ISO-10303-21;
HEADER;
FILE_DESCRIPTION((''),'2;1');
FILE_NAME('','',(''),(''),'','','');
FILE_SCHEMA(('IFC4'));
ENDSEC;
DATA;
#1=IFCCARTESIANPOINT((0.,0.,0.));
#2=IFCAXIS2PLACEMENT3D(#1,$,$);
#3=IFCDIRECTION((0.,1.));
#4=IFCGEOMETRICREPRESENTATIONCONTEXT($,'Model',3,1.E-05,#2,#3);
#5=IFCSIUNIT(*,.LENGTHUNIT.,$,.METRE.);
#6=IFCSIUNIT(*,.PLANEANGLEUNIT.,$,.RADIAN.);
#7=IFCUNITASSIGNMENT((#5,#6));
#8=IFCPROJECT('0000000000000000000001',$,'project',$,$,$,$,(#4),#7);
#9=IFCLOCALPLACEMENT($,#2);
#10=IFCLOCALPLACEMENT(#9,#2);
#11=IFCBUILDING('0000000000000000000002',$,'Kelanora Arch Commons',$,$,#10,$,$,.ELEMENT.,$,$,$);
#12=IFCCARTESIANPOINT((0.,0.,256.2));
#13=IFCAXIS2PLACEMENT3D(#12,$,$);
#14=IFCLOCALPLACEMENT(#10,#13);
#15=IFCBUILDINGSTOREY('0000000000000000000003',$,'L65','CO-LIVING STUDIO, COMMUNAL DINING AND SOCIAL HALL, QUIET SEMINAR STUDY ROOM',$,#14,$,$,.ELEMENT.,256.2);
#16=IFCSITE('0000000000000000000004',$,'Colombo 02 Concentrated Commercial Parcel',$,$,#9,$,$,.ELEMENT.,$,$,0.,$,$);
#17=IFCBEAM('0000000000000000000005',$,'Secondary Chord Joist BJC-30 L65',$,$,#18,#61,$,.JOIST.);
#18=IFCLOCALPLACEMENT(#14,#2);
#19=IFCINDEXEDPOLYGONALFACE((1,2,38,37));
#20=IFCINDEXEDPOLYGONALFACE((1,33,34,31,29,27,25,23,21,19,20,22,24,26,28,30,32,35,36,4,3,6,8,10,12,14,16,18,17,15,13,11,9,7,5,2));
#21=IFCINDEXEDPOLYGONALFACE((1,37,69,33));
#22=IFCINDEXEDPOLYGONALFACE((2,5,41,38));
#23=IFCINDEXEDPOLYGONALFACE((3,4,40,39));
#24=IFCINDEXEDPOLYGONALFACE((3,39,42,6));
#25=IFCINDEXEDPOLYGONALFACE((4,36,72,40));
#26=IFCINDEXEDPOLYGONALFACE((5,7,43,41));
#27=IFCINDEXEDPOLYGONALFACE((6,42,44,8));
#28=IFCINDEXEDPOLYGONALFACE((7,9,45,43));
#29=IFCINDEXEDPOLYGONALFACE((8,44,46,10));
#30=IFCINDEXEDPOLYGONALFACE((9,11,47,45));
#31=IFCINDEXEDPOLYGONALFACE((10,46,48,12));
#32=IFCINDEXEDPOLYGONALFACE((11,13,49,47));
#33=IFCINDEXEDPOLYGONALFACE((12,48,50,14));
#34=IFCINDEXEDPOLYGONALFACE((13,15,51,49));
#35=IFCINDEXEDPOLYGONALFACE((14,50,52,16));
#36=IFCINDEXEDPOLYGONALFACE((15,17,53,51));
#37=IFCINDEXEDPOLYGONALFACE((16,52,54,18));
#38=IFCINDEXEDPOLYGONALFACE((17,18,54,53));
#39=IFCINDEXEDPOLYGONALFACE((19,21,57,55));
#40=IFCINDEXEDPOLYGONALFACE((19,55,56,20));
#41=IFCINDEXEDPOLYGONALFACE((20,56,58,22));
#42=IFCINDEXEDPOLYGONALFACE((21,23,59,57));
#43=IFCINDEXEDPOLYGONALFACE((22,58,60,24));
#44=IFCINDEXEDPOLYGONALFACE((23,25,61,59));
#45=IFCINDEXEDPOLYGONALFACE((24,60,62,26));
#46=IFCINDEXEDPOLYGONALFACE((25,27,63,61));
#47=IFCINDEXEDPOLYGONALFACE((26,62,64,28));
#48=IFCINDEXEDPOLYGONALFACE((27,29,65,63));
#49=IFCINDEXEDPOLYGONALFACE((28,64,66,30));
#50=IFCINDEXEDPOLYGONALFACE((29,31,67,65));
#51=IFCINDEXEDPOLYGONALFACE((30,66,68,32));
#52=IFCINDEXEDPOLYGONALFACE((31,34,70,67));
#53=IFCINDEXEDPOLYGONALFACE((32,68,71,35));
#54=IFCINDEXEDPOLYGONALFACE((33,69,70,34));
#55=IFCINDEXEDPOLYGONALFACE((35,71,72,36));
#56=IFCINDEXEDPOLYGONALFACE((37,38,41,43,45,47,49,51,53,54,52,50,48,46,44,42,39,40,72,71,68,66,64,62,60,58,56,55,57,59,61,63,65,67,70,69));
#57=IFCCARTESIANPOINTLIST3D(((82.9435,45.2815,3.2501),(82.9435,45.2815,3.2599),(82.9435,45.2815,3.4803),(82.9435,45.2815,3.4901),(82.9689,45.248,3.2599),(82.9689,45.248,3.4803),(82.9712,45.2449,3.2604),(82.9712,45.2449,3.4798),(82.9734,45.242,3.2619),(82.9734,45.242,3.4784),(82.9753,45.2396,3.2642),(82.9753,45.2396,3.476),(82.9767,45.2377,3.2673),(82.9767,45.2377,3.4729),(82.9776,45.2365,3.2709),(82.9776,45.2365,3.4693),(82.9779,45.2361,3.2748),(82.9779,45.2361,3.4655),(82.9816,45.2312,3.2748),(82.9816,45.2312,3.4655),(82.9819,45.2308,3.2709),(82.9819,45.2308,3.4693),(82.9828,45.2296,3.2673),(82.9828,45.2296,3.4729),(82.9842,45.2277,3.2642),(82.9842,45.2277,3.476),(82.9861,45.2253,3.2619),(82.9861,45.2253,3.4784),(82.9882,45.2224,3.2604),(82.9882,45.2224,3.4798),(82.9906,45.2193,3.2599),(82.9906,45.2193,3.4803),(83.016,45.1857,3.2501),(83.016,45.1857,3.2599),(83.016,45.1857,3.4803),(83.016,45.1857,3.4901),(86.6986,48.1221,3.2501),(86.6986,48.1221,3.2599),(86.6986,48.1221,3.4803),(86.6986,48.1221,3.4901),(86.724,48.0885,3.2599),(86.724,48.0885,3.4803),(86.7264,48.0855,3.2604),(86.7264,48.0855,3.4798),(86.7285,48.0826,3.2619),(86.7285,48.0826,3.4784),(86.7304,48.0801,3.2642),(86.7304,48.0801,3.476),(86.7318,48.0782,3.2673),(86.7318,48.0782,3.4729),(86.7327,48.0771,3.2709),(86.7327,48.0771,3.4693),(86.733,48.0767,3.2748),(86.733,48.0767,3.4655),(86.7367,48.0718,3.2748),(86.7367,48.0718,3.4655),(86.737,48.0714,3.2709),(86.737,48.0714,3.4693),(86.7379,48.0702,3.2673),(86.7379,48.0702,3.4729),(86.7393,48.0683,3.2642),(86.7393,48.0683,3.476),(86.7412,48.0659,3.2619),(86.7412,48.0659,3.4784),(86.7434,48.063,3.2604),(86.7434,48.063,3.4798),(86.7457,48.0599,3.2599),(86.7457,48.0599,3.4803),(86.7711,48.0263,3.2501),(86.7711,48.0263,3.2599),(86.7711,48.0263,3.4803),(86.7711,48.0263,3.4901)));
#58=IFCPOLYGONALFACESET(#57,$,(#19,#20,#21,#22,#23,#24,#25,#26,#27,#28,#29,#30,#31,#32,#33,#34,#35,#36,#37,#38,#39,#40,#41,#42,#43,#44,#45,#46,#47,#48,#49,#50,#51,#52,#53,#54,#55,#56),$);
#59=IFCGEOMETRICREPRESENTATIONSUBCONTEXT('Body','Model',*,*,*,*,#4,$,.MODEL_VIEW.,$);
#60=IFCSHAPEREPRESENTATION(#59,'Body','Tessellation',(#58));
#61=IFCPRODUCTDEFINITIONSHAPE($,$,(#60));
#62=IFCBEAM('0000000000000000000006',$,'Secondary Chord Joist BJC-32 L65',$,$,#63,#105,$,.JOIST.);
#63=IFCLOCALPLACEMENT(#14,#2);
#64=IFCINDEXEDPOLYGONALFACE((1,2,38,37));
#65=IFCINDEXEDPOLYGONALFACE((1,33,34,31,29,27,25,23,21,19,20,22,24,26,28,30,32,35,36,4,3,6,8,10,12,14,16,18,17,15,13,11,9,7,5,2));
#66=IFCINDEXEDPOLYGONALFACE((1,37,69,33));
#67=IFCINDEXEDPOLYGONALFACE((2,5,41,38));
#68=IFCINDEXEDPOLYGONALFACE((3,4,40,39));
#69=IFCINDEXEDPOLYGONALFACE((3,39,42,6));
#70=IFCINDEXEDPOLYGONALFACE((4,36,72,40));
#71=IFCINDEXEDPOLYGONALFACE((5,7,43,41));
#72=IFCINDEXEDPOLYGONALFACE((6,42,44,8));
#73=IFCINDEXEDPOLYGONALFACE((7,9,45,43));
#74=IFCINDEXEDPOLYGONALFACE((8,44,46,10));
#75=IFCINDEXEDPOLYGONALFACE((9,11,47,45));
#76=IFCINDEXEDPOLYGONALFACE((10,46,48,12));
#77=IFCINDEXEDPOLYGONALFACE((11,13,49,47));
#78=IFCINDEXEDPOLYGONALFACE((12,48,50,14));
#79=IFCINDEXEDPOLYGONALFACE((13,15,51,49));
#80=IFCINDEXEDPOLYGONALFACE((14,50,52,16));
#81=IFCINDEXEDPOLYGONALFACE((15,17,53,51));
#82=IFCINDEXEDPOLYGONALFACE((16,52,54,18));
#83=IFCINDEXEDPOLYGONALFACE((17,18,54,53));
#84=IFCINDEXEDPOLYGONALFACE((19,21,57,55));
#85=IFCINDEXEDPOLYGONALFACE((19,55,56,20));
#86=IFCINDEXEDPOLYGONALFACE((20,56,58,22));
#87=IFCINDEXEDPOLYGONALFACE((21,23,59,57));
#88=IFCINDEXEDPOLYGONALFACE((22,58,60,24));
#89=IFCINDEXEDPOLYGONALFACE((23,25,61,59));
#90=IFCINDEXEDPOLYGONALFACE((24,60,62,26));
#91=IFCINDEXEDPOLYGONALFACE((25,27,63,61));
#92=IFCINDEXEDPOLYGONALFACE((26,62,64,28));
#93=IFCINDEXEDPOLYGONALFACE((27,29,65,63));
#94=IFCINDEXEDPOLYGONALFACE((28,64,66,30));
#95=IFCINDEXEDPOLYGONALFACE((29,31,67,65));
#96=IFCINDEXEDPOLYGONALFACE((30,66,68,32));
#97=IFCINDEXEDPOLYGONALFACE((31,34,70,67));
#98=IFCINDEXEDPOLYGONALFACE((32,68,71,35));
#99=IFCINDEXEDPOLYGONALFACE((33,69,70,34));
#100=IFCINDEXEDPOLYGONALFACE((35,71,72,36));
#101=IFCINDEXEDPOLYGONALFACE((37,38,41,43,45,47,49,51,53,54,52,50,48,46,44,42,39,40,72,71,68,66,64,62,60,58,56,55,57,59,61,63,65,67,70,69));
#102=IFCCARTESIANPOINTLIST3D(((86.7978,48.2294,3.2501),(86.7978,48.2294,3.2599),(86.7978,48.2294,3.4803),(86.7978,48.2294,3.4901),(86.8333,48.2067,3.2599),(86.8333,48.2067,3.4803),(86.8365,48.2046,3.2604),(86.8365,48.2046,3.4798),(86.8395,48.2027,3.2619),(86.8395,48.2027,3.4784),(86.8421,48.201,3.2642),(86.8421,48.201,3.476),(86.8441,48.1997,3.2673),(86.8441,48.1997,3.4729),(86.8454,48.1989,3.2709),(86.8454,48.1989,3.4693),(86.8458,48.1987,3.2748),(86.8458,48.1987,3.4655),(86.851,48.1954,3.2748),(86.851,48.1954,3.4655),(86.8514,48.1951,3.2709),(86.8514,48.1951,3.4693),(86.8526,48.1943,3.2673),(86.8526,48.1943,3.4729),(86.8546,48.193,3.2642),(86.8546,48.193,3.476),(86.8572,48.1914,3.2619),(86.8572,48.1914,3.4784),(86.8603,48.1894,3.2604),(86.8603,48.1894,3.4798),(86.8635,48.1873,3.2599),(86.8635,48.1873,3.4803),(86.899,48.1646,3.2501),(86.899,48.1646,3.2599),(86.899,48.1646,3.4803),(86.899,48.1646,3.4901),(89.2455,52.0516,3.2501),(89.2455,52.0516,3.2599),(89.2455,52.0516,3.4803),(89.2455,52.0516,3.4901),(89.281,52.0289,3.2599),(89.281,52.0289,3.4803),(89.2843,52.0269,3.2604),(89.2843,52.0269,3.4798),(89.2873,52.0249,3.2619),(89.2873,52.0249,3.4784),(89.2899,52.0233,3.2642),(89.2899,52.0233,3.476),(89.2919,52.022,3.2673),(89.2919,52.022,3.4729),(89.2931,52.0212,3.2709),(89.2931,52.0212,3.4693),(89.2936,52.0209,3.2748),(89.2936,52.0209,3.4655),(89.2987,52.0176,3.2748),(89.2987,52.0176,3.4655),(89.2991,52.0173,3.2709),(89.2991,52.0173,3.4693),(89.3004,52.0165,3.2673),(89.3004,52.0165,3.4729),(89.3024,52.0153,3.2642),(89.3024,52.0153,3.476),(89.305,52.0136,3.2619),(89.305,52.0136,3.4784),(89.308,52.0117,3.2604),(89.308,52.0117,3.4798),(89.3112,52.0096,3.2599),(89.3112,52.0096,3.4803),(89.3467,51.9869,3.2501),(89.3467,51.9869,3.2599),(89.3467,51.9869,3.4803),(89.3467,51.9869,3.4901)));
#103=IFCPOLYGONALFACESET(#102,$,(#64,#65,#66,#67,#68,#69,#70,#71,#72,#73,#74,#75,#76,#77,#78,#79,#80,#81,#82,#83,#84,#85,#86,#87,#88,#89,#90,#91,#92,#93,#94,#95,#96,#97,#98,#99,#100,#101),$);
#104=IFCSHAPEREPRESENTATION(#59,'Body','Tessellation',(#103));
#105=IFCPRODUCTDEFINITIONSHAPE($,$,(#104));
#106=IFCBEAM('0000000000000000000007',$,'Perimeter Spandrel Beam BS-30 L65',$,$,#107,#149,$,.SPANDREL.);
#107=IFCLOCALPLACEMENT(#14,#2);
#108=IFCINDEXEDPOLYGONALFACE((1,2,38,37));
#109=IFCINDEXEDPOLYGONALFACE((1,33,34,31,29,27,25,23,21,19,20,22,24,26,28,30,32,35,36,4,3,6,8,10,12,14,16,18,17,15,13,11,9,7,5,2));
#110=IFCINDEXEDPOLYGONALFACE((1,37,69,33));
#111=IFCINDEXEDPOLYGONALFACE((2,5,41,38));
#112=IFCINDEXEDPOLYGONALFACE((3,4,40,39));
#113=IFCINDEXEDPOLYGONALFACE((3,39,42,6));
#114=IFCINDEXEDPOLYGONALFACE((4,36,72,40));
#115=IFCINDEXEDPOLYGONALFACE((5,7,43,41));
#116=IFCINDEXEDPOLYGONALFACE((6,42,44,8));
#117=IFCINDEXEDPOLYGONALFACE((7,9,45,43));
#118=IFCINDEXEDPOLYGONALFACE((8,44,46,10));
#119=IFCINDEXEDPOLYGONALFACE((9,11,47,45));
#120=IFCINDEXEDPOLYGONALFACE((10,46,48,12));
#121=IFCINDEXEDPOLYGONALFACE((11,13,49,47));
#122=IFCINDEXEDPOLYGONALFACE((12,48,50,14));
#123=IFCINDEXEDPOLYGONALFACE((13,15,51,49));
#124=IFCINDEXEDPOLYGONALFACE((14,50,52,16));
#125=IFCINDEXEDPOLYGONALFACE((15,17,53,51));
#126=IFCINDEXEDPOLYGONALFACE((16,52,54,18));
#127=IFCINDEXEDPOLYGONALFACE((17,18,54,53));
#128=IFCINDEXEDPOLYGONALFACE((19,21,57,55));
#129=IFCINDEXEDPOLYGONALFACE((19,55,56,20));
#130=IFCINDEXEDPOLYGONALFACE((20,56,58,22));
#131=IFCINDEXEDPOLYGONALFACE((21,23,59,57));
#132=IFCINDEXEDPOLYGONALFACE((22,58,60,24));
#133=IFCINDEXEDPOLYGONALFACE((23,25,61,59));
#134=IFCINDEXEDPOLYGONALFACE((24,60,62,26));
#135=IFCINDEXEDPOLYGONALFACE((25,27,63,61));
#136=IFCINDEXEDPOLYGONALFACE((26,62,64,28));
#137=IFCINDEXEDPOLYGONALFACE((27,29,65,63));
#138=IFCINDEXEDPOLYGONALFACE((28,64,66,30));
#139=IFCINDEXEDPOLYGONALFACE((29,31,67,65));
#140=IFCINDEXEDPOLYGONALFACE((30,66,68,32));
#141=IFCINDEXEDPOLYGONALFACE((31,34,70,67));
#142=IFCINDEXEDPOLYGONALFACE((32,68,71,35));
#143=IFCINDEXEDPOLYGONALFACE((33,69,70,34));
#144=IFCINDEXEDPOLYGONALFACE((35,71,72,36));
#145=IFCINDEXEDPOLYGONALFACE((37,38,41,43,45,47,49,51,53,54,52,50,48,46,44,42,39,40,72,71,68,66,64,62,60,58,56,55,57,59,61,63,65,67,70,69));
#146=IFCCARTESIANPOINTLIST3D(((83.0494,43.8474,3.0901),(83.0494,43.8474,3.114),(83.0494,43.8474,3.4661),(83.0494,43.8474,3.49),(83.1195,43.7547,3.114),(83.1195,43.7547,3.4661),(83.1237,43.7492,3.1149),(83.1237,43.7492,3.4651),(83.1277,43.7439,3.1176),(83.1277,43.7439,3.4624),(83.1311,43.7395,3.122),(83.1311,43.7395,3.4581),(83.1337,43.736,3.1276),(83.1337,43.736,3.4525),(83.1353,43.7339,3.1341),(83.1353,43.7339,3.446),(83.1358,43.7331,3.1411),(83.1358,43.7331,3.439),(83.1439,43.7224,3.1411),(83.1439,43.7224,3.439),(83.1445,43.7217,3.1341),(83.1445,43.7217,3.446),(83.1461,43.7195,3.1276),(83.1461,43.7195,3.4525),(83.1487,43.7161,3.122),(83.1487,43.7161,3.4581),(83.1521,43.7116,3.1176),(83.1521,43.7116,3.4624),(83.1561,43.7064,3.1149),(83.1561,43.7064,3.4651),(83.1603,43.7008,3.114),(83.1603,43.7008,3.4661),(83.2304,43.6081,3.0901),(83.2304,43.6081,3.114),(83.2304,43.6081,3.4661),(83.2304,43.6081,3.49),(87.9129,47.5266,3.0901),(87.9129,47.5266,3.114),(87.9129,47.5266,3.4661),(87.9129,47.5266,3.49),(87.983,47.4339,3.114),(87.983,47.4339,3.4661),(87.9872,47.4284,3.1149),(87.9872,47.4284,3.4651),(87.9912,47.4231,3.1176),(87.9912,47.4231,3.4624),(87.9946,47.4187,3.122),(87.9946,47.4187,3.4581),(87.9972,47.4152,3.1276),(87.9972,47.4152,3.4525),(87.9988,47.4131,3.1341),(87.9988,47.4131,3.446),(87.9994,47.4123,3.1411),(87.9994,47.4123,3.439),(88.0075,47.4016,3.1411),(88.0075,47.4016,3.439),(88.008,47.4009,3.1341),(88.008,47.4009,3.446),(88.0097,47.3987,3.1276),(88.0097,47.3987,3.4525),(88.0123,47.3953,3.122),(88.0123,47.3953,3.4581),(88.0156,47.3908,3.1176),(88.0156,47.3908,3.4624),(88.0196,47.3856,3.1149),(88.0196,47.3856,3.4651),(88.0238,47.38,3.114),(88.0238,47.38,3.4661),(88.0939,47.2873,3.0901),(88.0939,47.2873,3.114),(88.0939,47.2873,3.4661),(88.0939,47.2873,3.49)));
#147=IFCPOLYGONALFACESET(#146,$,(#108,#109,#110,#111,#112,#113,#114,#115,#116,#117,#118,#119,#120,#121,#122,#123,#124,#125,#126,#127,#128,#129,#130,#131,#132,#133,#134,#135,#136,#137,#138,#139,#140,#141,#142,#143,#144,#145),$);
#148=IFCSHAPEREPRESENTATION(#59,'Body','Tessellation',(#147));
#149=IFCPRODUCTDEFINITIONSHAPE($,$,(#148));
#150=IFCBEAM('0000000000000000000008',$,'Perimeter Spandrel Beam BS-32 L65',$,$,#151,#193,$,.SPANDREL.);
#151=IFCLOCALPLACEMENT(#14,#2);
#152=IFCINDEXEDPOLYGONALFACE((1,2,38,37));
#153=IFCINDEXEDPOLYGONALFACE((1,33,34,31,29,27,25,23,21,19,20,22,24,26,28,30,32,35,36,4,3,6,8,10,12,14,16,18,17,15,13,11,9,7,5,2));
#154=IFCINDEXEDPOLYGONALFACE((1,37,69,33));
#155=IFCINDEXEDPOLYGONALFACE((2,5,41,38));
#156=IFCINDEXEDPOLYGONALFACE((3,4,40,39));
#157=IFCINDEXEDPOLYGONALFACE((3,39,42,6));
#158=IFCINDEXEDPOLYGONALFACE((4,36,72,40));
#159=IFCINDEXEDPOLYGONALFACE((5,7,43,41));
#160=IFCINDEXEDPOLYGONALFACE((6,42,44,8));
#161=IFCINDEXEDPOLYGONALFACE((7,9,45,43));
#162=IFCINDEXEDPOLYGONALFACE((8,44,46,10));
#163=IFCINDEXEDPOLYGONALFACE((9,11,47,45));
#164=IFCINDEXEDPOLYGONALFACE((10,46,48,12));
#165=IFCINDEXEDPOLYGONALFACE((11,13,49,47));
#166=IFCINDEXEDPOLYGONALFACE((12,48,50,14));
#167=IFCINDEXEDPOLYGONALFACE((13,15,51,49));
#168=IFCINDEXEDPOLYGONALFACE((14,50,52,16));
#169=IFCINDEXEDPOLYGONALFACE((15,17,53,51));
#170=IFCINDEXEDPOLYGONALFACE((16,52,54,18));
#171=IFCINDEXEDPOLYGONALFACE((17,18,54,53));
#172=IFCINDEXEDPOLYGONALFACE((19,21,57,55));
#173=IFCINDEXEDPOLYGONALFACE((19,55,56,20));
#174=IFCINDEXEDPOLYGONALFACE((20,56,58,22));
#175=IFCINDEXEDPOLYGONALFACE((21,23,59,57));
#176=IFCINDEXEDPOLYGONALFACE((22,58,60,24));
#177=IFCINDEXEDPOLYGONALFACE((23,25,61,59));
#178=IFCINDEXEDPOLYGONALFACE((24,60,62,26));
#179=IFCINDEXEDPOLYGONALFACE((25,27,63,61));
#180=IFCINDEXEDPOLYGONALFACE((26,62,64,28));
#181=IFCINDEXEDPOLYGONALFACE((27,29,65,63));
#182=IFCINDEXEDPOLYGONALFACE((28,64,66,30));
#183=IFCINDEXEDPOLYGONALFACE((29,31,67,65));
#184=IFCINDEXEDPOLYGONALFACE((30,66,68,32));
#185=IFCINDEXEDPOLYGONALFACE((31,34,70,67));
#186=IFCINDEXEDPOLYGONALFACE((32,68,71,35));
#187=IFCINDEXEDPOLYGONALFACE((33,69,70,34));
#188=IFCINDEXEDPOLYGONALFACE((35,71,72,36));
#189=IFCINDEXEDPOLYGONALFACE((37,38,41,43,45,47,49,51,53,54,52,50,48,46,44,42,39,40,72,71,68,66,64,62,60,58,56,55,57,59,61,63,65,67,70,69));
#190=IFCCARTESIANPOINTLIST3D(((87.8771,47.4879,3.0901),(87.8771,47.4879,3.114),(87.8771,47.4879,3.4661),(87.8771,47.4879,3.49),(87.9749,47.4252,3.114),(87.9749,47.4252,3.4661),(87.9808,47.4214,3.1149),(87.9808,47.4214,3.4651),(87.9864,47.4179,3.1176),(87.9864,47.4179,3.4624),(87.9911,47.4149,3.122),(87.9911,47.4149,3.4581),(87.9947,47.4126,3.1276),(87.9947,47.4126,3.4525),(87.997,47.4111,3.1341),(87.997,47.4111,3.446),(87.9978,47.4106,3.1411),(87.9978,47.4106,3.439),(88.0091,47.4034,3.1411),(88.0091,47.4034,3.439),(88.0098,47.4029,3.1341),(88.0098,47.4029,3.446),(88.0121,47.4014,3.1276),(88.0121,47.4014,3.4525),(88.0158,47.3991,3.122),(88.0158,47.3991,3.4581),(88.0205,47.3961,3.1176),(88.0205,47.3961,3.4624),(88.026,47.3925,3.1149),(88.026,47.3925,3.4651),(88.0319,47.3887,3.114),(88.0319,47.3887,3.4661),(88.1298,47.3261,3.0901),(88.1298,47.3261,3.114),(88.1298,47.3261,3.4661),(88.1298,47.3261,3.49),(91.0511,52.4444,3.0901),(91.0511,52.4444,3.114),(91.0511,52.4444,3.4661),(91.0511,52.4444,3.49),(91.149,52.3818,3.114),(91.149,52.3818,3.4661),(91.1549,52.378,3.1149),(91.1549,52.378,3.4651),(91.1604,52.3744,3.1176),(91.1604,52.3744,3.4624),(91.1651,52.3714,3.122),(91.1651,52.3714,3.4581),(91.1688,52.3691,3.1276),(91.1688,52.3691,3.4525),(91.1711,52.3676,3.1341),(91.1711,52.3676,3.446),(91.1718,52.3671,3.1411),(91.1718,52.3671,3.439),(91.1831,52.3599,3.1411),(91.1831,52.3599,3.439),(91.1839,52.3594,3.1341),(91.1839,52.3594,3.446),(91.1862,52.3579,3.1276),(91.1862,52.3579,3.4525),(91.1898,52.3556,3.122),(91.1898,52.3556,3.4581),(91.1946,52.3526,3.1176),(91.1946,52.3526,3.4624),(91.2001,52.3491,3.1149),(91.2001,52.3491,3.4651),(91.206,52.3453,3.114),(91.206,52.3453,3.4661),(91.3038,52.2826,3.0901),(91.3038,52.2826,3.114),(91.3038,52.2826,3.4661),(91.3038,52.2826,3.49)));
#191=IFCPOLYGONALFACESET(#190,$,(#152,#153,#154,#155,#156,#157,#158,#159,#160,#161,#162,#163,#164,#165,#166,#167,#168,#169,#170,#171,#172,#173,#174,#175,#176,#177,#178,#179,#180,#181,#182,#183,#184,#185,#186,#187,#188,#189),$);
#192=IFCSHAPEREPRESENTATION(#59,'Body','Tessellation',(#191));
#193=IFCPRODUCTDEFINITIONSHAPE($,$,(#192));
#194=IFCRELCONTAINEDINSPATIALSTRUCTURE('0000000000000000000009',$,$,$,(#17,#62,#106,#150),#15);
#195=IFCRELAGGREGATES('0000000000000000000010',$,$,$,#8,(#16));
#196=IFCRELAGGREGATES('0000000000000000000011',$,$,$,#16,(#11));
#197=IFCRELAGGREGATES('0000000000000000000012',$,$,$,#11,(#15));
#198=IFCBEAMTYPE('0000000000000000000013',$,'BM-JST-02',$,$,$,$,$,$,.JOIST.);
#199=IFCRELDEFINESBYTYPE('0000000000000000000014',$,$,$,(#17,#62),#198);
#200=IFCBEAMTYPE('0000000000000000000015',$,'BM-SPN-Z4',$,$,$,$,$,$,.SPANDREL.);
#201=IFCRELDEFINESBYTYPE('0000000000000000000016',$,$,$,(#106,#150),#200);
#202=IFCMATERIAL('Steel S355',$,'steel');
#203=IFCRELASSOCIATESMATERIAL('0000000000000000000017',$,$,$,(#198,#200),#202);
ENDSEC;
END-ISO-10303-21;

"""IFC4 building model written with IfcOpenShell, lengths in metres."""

from ifc_helpers import new_model, si_unit, direction, frame, origin, origin_2d, place, context, subcontext, project, spatial, i_section, extrude, material, material_profile, profile_set, type_object, element, save


model = new_model("IFC4")

# Units and contexts
model_context = context("Model", 3, precision=1e-05, world=origin(), true_north=direction((0.0, 1.0)))
body_context = subcontext(model_context, "Body", "Model", "MODEL_VIEW")
ifc_project = project(units=[si_unit("LENGTHUNIT", "METRE"), si_unit("PLANEANGLEUNIT", "RADIAN")], contexts=[model_context])

# Site, building, storey
site_placement = place(None, origin())
site = spatial("IfcSite", under=ifc_project, at=site_placement, Name="Colombo 02 Concentrated Commercial Parcel", CompositionType="ELEMENT", RefElevation=0.0)
building_placement = place(site_placement, origin())
building = spatial("IfcBuilding", under=site, at=building_placement, Name="Kelanora Arch Commons", CompositionType="ELEMENT")
storey_placement = place(building_placement, frame((0.0, 0.0, 256.2)))
storey = spatial("IfcBuildingStorey", under=building, at=storey_placement, Name="L65", Description="CO-LIVING STUDIO, COMMUNAL DINING AND SOCIAL HALL, QUIET SEMINAR STUDY ROOM", CompositionType="ELEMENT", Elevation=256.2)

# Beams
ifc_material_1 = material(Name="Steel S355", Category="steel")
ifc_material_profile_1 = material_profile(ifc_material_1, i_section(OverallWidth=0.1201, OverallDepth=0.24, WebThickness=0.0061, FlangeThickness=0.0098, FilletRadius=0.0149, at=origin_2d()), Name="IPE240")
ifc_profile_set_1 = profile_set([ifc_material_profile_1], Name="Steel S355")
beam_type_1 = type_object("IfcBeamType", Name="BM-JST-02", PredefinedType="JOIST", material=ifc_profile_set_1)
beam_1_placement = place(storey_placement, frame((82.9797, 45.2336, 3.3701), z_axis=(0.797523, 0.603289, 0.0), x_axis=(-0.603289, 0.797523, 0.0)))
element("IfcBeam", 1, at=beam_1_placement, inside=storey, type_object=beam_type_1, Name="Secondary Chord Joist BJC-30 L65", PredefinedType="JOIST", context=body_context, shape_type="SweptSolid", body=[
    extrude(i_section(OverallWidth=0.1201, OverallDepth=0.24, WebThickness=0.0061, FlangeThickness=0.0098, FilletRadius=0.0149, at=origin_2d()), origin(), (0.0, 0.0, 1.0), 4.7085),
])
beam_2_placement = place(storey_placement, frame((86.8484, 48.197, 3.3701), z_axis=(0.539289, 0.842121, 0.0), x_axis=(-0.842121, 0.539289, 0.0)))
element("IfcBeam", 2, at=beam_2_placement, inside=storey, type_object=beam_type_1, Name="Secondary Chord Joist BJC-32 L65", PredefinedType="JOIST", context=body_context, shape_type="SweptSolid", body=[
    extrude(i_section(OverallWidth=0.1201, OverallDepth=0.24, WebThickness=0.0061, FlangeThickness=0.0098, FilletRadius=0.0149, at=origin_2d()), origin(), (0.0, 0.0, 1.0), 4.5388),
])
ifc_material_profile_2 = material_profile(ifc_material_1, i_section(OverallWidth=0.3, OverallDepth=0.3999, WebThickness=0.0134, FlangeThickness=0.0239, FilletRadius=0.0271, at=origin_2d()), Name="HEB400")
ifc_profile_set_2 = profile_set([ifc_material_profile_2], Name="Steel S355")
beam_type_2 = type_object("IfcBeamType", Name="BM-SPN-Z4", PredefinedType="SPANDREL", material=ifc_profile_set_2)
beam_3_placement = place(storey_placement, frame((83.1399, 43.7278, 3.29), z_axis=(0.797509, 0.603306, 0.0), x_axis=(-0.603306, 0.797509, 0.0)))
element("IfcBeam", 3, at=beam_3_placement, inside=storey, type_object=beam_type_2, Name="Perimeter Spandrel Beam BS-30 L65", PredefinedType="SPANDREL", context=body_context, shape_type="SweptSolid", body=[
    extrude(i_section(OverallWidth=0.3, OverallDepth=0.3999, WebThickness=0.0134, FlangeThickness=0.0239, FilletRadius=0.0271, at=origin_2d()), origin(), (0.0, 0.0, 1.0), 6.0984),
])
beam_4_placement = place(storey_placement, frame((88.0034, 47.407, 3.29), z_axis=(0.539281, 0.842126, 0.0), x_axis=(-0.842126, 0.539281, 0.0)))
element("IfcBeam", 4, at=beam_4_placement, inside=storey, type_object=beam_type_2, Name="Perimeter Spandrel Beam BS-32 L65", PredefinedType="SPANDREL", context=body_context, shape_type="SweptSolid", body=[
    extrude(i_section(OverallWidth=0.3, OverallDepth=0.3999, WebThickness=0.0134, FlangeThickness=0.0239, FilletRadius=0.0271, at=origin_2d()), origin(), (0.0, 0.0, 1.0), 5.8857),
])

save(model, "model.ifc")
